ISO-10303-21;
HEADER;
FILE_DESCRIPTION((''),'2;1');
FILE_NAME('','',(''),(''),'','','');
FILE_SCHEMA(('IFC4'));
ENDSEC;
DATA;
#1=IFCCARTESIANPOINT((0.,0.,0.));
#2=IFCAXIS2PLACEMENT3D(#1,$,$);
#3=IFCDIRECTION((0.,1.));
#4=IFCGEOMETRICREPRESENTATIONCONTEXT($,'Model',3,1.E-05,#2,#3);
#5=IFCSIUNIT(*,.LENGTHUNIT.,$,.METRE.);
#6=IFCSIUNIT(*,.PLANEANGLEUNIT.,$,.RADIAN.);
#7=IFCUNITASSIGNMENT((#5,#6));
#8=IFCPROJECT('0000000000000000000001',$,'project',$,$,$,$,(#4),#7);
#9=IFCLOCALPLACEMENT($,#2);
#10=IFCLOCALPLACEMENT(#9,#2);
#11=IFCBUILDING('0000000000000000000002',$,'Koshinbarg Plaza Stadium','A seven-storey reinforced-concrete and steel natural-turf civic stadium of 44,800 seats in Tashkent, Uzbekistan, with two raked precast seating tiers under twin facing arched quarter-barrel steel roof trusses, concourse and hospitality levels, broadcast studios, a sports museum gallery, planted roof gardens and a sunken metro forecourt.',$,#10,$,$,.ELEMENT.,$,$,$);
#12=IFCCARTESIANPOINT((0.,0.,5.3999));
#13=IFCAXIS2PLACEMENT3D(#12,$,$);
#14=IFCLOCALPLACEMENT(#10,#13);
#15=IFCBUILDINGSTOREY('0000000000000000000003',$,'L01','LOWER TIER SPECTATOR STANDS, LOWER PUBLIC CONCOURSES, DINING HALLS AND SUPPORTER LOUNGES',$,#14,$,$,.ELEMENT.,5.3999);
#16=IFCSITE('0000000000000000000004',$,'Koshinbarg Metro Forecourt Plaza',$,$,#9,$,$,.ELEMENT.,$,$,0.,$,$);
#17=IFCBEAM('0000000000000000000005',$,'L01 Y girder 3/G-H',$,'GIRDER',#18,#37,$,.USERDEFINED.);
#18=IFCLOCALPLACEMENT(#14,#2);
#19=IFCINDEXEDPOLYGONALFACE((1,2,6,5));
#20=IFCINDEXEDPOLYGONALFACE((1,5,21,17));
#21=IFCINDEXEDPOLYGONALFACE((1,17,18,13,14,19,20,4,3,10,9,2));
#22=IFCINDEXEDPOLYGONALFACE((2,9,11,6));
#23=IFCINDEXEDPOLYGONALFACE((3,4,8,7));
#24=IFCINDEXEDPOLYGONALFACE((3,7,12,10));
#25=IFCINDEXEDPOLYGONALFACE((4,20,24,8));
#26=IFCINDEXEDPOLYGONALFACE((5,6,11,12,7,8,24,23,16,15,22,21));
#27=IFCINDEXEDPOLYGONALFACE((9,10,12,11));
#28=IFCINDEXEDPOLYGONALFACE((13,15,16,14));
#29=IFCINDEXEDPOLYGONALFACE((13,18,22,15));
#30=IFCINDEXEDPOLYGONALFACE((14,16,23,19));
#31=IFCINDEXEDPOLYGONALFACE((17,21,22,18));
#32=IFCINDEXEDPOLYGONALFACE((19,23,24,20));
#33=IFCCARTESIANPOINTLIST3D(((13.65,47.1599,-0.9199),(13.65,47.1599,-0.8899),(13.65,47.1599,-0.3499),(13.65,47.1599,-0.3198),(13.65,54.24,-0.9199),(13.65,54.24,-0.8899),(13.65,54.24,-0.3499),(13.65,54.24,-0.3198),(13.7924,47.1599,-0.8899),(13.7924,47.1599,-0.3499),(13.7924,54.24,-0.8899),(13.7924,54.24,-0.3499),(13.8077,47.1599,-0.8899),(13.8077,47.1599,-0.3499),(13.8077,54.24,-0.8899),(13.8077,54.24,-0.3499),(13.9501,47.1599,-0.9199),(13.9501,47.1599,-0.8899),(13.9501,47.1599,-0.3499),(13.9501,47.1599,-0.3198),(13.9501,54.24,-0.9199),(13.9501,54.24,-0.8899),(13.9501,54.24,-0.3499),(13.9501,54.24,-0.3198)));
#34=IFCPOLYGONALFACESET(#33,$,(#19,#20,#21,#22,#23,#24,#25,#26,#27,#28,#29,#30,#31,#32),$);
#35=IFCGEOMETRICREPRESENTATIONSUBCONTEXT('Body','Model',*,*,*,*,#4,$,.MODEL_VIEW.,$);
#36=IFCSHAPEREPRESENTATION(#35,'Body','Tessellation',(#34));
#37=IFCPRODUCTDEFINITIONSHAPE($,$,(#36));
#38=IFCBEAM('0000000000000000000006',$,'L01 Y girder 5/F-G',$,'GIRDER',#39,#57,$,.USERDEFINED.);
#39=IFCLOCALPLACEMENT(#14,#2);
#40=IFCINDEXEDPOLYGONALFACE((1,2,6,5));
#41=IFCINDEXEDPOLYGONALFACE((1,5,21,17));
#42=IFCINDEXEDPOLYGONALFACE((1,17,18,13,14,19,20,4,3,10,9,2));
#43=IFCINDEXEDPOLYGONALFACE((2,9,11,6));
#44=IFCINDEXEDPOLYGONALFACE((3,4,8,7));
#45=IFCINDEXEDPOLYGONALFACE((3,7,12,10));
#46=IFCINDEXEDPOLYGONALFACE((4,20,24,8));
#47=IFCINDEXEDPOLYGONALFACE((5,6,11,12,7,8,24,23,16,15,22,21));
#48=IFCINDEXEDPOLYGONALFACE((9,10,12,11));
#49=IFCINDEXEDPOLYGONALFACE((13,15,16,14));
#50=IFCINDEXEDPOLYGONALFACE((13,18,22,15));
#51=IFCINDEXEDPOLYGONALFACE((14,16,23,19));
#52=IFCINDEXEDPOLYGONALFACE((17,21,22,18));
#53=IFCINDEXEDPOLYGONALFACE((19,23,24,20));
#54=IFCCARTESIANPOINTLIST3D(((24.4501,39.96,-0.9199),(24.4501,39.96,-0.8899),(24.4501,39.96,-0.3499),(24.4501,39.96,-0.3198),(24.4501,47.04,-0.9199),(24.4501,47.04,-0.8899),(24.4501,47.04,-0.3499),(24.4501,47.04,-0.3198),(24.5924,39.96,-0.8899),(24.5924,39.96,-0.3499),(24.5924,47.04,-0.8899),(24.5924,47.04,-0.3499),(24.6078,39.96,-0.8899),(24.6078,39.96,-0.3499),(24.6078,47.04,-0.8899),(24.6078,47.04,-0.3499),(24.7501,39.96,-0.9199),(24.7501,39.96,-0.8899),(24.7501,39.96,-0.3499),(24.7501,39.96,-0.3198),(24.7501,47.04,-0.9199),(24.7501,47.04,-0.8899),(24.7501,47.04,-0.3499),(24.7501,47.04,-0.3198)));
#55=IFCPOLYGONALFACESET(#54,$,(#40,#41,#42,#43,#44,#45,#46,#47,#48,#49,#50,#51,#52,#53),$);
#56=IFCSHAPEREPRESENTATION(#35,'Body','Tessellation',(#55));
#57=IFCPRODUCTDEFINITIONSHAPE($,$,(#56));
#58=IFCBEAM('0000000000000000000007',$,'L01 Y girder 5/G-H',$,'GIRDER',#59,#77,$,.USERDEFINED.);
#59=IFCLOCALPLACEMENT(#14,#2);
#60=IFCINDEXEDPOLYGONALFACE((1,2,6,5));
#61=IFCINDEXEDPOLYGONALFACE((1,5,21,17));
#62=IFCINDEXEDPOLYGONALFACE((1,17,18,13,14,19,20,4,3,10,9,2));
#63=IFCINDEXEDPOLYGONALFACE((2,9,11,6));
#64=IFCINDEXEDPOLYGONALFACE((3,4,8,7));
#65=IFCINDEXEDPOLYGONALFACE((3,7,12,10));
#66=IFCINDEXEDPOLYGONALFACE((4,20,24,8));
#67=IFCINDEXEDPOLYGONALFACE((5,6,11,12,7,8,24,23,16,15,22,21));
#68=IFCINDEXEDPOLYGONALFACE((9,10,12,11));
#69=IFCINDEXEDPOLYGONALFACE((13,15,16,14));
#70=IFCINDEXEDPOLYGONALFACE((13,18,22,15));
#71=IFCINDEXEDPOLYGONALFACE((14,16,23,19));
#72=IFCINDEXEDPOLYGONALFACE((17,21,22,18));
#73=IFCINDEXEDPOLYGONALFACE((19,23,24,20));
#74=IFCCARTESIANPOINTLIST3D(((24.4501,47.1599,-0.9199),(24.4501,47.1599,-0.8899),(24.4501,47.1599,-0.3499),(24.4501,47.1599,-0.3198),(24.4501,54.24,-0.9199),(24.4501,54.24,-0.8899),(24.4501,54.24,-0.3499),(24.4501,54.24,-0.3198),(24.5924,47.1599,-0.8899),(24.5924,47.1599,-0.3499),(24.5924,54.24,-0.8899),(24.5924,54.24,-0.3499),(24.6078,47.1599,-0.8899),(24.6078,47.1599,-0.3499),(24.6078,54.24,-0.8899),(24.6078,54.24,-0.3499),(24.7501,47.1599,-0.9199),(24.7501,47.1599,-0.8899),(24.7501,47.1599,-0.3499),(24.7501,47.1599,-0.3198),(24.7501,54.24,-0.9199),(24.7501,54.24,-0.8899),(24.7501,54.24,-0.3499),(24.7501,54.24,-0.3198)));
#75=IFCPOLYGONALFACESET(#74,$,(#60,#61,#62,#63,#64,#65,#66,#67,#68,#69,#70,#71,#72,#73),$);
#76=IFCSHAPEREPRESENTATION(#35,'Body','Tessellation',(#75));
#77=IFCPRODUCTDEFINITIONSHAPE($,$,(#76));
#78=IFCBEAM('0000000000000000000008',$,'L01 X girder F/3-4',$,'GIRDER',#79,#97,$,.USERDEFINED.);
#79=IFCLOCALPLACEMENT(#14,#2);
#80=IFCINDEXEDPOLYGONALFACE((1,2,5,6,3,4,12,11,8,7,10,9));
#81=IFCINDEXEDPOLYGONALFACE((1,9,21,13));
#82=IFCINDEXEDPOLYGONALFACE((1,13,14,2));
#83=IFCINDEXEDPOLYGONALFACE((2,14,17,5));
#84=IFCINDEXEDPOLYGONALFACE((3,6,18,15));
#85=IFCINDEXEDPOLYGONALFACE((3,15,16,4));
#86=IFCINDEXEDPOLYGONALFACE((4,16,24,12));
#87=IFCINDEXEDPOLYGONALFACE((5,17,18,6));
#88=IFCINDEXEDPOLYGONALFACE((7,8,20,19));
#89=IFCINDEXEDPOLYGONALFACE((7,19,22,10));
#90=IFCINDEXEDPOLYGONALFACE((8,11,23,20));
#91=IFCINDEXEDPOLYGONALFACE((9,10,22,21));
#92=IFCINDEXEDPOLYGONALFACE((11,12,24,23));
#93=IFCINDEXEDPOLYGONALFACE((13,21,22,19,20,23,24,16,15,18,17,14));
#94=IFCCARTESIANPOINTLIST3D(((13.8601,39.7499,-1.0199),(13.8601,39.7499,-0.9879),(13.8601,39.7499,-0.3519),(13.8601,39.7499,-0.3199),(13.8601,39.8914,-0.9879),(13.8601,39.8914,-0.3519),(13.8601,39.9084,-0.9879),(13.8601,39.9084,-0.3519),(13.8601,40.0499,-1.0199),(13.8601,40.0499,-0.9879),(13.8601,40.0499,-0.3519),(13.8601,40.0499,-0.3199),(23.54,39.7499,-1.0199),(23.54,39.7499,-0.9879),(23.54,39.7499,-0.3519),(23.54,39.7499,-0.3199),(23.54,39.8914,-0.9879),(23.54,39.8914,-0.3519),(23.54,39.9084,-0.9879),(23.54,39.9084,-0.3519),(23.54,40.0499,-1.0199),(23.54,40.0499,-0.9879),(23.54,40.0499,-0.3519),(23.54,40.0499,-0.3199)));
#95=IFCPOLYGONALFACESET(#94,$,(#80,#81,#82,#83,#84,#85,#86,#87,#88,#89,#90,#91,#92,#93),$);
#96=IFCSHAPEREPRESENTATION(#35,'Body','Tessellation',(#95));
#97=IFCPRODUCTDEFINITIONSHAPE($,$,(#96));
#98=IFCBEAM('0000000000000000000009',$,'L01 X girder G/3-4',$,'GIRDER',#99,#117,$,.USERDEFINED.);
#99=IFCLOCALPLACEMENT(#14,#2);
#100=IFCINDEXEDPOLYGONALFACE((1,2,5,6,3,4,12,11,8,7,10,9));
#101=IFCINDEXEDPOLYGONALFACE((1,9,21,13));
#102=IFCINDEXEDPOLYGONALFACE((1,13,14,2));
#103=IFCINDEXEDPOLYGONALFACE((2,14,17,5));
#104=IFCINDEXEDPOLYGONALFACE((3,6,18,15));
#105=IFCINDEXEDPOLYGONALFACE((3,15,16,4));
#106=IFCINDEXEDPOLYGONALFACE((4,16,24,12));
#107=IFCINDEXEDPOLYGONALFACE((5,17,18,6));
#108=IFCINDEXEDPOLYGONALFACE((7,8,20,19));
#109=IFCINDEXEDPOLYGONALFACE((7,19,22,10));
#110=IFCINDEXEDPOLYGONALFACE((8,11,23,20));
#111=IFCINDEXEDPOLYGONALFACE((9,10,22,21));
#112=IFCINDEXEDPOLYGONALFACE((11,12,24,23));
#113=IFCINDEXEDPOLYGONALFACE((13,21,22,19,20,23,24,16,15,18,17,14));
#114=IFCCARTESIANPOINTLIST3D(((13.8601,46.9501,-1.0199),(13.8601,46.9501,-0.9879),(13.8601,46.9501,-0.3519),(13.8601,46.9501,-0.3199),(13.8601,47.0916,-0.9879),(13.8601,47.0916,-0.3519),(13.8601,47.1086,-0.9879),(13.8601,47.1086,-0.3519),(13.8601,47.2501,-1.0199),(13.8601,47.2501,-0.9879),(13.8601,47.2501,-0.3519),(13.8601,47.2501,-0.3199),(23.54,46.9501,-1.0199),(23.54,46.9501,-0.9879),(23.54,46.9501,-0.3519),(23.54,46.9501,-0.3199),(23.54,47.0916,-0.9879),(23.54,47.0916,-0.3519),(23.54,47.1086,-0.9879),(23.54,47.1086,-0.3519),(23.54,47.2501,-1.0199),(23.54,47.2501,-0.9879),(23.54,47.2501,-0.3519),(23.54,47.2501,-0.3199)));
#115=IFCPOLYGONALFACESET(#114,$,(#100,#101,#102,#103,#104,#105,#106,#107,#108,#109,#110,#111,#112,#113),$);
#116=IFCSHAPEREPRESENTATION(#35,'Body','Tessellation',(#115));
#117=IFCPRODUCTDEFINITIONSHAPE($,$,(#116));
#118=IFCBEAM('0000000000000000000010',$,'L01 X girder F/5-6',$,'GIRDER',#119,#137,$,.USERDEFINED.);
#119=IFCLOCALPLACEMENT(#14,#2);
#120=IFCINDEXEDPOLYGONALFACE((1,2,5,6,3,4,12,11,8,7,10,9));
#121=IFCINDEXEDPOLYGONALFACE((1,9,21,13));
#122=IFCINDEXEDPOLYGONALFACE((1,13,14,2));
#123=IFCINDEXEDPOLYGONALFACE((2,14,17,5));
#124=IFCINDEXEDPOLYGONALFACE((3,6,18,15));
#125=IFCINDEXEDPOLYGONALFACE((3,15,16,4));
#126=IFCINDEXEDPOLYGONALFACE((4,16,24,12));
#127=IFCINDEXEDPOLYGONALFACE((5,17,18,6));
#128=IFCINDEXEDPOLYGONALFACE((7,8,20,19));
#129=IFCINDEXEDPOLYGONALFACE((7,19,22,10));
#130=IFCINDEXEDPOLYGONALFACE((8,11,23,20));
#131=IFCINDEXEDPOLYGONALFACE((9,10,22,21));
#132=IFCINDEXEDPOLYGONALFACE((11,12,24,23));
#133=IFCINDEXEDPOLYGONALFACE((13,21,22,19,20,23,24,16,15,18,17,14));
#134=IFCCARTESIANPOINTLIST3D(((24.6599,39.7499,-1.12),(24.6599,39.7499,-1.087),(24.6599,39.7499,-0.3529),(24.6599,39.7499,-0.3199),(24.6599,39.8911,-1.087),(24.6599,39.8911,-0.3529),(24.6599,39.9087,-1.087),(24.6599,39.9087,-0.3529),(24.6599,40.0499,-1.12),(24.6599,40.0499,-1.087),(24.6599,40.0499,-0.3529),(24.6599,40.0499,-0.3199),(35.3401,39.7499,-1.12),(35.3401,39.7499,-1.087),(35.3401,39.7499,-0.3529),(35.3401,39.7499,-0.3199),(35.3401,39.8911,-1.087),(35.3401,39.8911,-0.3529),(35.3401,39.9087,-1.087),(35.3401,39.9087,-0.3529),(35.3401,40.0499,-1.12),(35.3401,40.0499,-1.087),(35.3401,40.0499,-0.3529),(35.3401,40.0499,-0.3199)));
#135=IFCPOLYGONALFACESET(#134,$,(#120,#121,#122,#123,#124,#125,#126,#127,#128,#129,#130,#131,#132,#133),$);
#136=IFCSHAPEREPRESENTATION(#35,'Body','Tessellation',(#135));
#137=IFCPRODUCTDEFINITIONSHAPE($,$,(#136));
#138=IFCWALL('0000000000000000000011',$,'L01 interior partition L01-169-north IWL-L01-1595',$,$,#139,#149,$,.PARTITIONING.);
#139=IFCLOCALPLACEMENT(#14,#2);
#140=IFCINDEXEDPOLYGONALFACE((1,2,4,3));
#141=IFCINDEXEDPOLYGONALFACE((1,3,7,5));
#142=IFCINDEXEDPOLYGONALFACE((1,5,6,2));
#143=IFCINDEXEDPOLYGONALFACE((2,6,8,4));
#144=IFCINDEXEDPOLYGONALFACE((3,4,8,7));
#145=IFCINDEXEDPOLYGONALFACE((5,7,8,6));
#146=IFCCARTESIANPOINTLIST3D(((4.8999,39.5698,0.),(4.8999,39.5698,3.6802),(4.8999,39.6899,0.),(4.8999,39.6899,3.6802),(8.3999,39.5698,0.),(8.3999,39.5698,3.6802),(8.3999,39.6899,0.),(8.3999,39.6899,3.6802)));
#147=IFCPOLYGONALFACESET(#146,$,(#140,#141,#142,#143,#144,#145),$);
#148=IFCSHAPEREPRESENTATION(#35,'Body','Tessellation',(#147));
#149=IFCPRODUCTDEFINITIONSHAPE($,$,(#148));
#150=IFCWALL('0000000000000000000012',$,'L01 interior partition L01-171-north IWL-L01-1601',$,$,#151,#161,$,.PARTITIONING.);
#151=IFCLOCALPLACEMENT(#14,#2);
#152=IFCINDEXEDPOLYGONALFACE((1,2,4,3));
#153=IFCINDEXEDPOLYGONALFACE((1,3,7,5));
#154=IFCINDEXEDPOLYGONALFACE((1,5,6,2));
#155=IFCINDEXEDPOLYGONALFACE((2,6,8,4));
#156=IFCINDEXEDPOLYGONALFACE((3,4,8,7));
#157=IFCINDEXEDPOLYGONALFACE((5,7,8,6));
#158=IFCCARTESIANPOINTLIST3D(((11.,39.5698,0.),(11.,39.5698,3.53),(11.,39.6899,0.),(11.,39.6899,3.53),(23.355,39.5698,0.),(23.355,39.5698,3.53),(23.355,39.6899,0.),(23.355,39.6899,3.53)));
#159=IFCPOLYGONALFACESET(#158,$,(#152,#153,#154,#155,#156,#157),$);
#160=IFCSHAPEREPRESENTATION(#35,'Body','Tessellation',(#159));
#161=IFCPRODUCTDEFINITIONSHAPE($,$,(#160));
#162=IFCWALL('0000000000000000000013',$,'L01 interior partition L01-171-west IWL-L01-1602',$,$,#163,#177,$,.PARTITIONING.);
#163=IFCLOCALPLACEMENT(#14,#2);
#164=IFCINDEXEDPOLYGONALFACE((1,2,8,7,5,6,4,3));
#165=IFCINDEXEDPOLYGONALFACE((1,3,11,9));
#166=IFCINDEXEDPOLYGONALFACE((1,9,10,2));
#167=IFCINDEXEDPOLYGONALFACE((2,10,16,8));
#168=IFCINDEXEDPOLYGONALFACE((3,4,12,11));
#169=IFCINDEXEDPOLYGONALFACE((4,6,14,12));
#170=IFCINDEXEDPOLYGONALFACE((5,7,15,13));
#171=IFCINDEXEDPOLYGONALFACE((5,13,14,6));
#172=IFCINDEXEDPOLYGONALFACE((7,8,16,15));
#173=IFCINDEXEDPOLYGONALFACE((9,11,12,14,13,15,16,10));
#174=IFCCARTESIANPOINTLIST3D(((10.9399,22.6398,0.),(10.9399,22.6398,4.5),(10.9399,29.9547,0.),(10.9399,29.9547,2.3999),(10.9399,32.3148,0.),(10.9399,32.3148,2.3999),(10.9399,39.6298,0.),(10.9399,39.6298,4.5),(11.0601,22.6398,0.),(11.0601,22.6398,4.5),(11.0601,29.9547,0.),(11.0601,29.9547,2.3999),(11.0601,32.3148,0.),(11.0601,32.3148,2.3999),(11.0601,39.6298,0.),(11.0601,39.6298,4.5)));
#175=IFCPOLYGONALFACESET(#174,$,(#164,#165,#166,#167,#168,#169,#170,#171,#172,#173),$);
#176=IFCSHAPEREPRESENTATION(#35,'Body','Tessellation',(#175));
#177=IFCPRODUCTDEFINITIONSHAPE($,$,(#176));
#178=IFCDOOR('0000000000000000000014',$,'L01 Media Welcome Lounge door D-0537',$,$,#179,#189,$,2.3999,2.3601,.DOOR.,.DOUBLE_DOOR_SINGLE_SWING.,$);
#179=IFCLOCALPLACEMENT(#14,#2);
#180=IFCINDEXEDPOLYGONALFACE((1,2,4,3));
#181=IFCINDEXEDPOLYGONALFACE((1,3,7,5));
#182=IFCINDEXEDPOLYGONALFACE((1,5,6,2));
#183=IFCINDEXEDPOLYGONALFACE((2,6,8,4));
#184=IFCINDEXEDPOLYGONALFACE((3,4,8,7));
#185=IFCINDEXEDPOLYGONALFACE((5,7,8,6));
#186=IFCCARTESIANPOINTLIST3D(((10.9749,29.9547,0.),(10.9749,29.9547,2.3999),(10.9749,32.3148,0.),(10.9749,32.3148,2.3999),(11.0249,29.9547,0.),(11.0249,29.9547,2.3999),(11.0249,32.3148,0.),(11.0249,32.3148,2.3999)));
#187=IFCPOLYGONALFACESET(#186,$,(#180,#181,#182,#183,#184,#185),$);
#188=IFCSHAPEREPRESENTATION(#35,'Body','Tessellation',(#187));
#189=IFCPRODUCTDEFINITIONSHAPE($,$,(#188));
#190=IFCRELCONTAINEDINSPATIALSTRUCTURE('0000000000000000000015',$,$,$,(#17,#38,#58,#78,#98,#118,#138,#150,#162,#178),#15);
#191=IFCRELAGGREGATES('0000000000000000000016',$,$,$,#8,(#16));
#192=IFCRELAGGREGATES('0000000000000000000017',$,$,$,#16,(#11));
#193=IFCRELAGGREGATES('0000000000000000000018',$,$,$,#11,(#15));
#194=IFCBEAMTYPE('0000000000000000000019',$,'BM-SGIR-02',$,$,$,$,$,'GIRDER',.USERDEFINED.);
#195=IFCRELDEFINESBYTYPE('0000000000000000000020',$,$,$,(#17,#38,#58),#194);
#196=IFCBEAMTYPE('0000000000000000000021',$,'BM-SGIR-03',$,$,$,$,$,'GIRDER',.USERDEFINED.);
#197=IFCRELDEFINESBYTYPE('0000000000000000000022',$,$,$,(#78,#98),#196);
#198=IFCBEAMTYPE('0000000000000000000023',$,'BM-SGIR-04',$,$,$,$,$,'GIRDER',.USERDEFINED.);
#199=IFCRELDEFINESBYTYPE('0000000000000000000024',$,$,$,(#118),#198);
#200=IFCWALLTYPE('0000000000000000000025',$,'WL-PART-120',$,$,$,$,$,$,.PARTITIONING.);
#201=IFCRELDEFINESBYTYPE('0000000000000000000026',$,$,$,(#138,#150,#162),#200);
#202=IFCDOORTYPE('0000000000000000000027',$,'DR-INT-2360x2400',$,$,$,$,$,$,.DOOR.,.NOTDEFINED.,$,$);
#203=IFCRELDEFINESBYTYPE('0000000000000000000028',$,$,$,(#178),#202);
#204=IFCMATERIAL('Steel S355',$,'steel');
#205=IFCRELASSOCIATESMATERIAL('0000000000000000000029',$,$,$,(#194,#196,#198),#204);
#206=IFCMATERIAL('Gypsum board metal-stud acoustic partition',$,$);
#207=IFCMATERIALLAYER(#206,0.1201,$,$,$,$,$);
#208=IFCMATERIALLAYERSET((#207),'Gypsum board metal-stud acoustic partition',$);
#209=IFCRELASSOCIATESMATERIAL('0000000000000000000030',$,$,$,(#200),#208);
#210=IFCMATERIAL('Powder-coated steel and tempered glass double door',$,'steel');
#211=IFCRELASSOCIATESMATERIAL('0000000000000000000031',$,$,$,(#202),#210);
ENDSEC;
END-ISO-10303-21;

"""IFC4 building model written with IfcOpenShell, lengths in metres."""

from ifc_helpers import new_model, si_unit, direction, frame, frame_2d, origin, origin_2d, place, context, subcontext, project, spatial, rectangle, i_section, extrude, material, layer, layer_set, material_profile, profile_set, type_object, element, fill, save


model = new_model("IFC4")

# Units and contexts
model_context = context("Model", 3, precision=1e-05, world=origin(), true_north=direction((0.0, 1.0)))
body_context = subcontext(model_context, "Body", "Model", "MODEL_VIEW")
ifc_project = project(units=[si_unit("LENGTHUNIT", "METRE"), si_unit("PLANEANGLEUNIT", "RADIAN")], contexts=[model_context])

# Site, building, storey
site_placement = place(None, origin())
site = spatial("IfcSite", under=ifc_project, at=site_placement, Name="Koshinbarg Metro Forecourt Plaza", CompositionType="ELEMENT", RefElevation=0.0)
building_placement = place(site_placement, origin())
building = spatial("IfcBuilding", under=site, at=building_placement, Name="Koshinbarg Plaza Stadium", Description="A seven-storey reinforced-concrete and steel natural-turf civic stadium of 44,800 seats in Tashkent, Uzbekistan, with two raked precast seating tiers under twin facing arched quarter-barrel steel roof trusses, concourse and hospitality levels, broadcast studios, a sports museum gallery, planted roof gardens and a sunken metro forecourt.", CompositionType="ELEMENT")
storey_placement = place(building_placement, frame((0.0, 0.0, 5.3999)))
storey = spatial("IfcBuildingStorey", under=building, at=storey_placement, Name="L01", Description="LOWER TIER SPECTATOR STANDS, LOWER PUBLIC CONCOURSES, DINING HALLS AND SUPPORTER LOUNGES", CompositionType="ELEMENT", Elevation=5.3999)

# Shared definitions
ifc_material_1 = material(Name="Steel S355", Category="steel")

# Beams
ifc_material_profile_1 = material_profile(ifc_material_1, i_section(OverallWidth=0.3, OverallDepth=0.6001, WebThickness=0.0154, FlangeThickness=0.03, at=origin_2d()), Name="HEB 600")
ifc_profile_set_1 = profile_set([ifc_material_profile_1], Name="Steel S355")
beam_type_1 = type_object("IfcBeamType", Name="BM-SGIR-02", ElementType="GIRDER", PredefinedType="USERDEFINED", material=ifc_profile_set_1)
for number, where, z_axis, x_axis, name in (
    (1, (13.8, 47.1599, -0.6199), (0.0, 1.0, 0.0), (-1.0, 0.0, 0.0), "L01 Y girder 3/G-H"),
    (2, (24.6001, 39.96, -0.6199), (0.0, 1.0, 0.0), (-1.0, 0.0, 0.0), "L01 Y girder 5/F-G"),
    (3, (24.6001, 47.1599, -0.6199), (0.0, 1.0, 0.0), (-1.0, 0.0, 0.0), "L01 Y girder 5/G-H"),
):
    element("IfcBeam", number, at=place(storey_placement, frame(where, z_axis=z_axis, x_axis=x_axis)), inside=storey, type_object=beam_type_1, Name=name, ObjectType="GIRDER", PredefinedType="USERDEFINED", context=body_context, shape_type="SweptSolid", body=[
        extrude(i_section(OverallWidth=0.3, OverallDepth=0.6001, WebThickness=0.0154, FlangeThickness=0.03, at=origin_2d()), origin(), (0.0, 0.0, 1.0), 7.0801),
    ])
ifc_material_profile_2 = material_profile(ifc_material_1, i_section(OverallWidth=0.3, OverallDepth=0.7, WebThickness=0.0171, FlangeThickness=0.032, at=origin_2d()), Name="HEB 700")
ifc_profile_set_2 = profile_set([ifc_material_profile_2], Name="Steel S355")
beam_type_2 = type_object("IfcBeamType", Name="BM-SGIR-03", ElementType="GIRDER", PredefinedType="USERDEFINED", material=ifc_profile_set_2)
for number, where, z_axis, x_axis, name in (
    (4, (13.8601, 39.8999, -0.6699), (1.0, 0.0, 0.0), (0.0, 1.0, 0.0), "L01 X girder F/3-4"),
    (5, (13.8601, 47.1001, -0.6699), (1.0, 0.0, 0.0), (0.0, 1.0, 0.0), "L01 X girder G/3-4"),
):
    element("IfcBeam", number, at=place(storey_placement, frame(where, z_axis=z_axis, x_axis=x_axis)), inside=storey, type_object=beam_type_2, Name=name, ObjectType="GIRDER", PredefinedType="USERDEFINED", context=body_context, shape_type="SweptSolid", body=[
        extrude(i_section(OverallWidth=0.3, OverallDepth=0.7, WebThickness=0.0171, FlangeThickness=0.032, at=origin_2d()), origin(), (0.0, 0.0, 1.0), 9.6799),
    ])
ifc_material_profile_3 = material_profile(ifc_material_1, i_section(OverallWidth=0.3, OverallDepth=0.8, WebThickness=0.0176, FlangeThickness=0.033, at=origin_2d()), Name="HEB 800")
ifc_profile_set_3 = profile_set([ifc_material_profile_3], Name="Steel S355")
beam_type_3 = type_object("IfcBeamType", Name="BM-SGIR-04", ElementType="GIRDER", PredefinedType="USERDEFINED", material=ifc_profile_set_3)
beam_1_placement = place(storey_placement, frame((24.6599, 39.8999, -0.72), z_axis=(1.0, 0.0, 0.0), x_axis=(0.0, 1.0, 0.0)))
element("IfcBeam", 6, at=beam_1_placement, inside=storey, type_object=beam_type_3, Name="L01 X girder F/5-6", ObjectType="GIRDER", PredefinedType="USERDEFINED", context=body_context, shape_type="SweptSolid", body=[
    extrude(i_section(OverallWidth=0.3, OverallDepth=0.8, WebThickness=0.0176, FlangeThickness=0.033, at=origin_2d()), origin(), (0.0, 0.0, 1.0), 10.6802),
])

# Walls
ifc_material_2 = material(Name="Gypsum board metal-stud acoustic partition")
ifc_layer = layer(ifc_material_2, 0.1201)
ifc_layer_set = layer_set([ifc_layer], Name="Gypsum board metal-stud acoustic partition")
wall_type = type_object("IfcWallType", Name="WL-PART-120", PredefinedType="PARTITIONING", material=ifc_layer_set)
wall_1_placement = place(storey_placement, frame((8.3999, 39.6299, 0.0), z_axis=(0.0, 0.0, 1.0), x_axis=(-1.0, 0.0, 0.0)))
element("IfcWall", 7, at=wall_1_placement, inside=storey, type_object=wall_type, Name="L01 interior partition L01-169-north IWL-L01-1595", PredefinedType="PARTITIONING", context=body_context, shape_type="SweptSolid", body=[
    extrude(rectangle(XDim=3.5, YDim=0.1201, at=frame_2d((1.75, 0.0))), origin(), (0.0, 0.0, 1.0), 3.6802),
])
wall_2_placement = place(storey_placement, frame((23.355, 39.6299, 0.0), z_axis=(0.0, 0.0, 1.0), x_axis=(-1.0, 0.0, 0.0)))
element("IfcWall", 8, at=wall_2_placement, inside=storey, type_object=wall_type, Name="L01 interior partition L01-171-north IWL-L01-1601", PredefinedType="PARTITIONING", context=body_context, shape_type="SweptSolid", body=[
    extrude(rectangle(XDim=12.355, YDim=0.1201, at=frame_2d((6.1775, 0.0))), origin(), (0.0, 0.0, 1.0), 3.53),
])

# Wall, opening, door
wall_3_placement = place(storey_placement, frame((11.0, 39.6299, 0.0), z_axis=(0.0, 0.0, 1.0), x_axis=(0.0, -1.0, 0.0)))
wall_3 = element("IfcWall", 9, at=wall_3_placement, inside=storey, type_object=wall_type, Name="L01 interior partition L01-171-west IWL-L01-1602", PredefinedType="PARTITIONING", context=body_context, shape_type="SweptSolid", body=[
    extrude(rectangle(XDim=16.99, YDim=0.1201, at=frame_2d((8.4951, 0.0))), origin(), (0.0, 0.0, 1.0), 4.5),
])
opening_1_placement = place(wall_3_placement, frame((7.3149, 0.0, 0.0)))
opening_1 = element("IfcOpeningElement", 10, at=opening_1_placement, cuts=wall_3, PredefinedType="OPENING", context=body_context, shape_type="SweptSolid", body=[
    extrude(rectangle(XDim=2.3601, YDim=2.3999, at=frame_2d((1.1802, 1.2))), frame((0.0, 0.0701, 0.0), z_axis=(0.0, -1.0, 0.0), x_axis=(1.0, 0.0, 0.0)), (0.0, 0.0, 1.0), 0.1401),
])
ifc_material_3 = material(Name="Powder-coated steel and tempered glass double door", Category="steel")
door_type_1 = type_object("IfcDoorType", Name="DR-INT-2360x2400", OperationType="NOTDEFINED", PredefinedType="DOOR", material=ifc_material_3)
door_1_placement = place(opening_1_placement, origin())
door_1 = element("IfcDoor", 11, at=door_1_placement, inside=storey, type_object=door_type_1, Name="L01 Media Welcome Lounge door D-0537", OperationType="DOUBLE_DOOR_SINGLE_SWING", OverallHeight=2.3999, OverallWidth=2.3601, PredefinedType="DOOR", context=body_context, shape_type="SweptSolid", body=[
    extrude(rectangle(XDim=2.3601, YDim=2.3999, at=frame_2d((1.1802, 1.2))), frame((0.0, 0.0249, 0.0), z_axis=(0.0, -1.0, 0.0), x_axis=(1.0, 0.0, 0.0)), (0.0, 0.0, 1.0), 0.05),
])
fill(opening_1, door_1)

save(model, "model.ifc")
